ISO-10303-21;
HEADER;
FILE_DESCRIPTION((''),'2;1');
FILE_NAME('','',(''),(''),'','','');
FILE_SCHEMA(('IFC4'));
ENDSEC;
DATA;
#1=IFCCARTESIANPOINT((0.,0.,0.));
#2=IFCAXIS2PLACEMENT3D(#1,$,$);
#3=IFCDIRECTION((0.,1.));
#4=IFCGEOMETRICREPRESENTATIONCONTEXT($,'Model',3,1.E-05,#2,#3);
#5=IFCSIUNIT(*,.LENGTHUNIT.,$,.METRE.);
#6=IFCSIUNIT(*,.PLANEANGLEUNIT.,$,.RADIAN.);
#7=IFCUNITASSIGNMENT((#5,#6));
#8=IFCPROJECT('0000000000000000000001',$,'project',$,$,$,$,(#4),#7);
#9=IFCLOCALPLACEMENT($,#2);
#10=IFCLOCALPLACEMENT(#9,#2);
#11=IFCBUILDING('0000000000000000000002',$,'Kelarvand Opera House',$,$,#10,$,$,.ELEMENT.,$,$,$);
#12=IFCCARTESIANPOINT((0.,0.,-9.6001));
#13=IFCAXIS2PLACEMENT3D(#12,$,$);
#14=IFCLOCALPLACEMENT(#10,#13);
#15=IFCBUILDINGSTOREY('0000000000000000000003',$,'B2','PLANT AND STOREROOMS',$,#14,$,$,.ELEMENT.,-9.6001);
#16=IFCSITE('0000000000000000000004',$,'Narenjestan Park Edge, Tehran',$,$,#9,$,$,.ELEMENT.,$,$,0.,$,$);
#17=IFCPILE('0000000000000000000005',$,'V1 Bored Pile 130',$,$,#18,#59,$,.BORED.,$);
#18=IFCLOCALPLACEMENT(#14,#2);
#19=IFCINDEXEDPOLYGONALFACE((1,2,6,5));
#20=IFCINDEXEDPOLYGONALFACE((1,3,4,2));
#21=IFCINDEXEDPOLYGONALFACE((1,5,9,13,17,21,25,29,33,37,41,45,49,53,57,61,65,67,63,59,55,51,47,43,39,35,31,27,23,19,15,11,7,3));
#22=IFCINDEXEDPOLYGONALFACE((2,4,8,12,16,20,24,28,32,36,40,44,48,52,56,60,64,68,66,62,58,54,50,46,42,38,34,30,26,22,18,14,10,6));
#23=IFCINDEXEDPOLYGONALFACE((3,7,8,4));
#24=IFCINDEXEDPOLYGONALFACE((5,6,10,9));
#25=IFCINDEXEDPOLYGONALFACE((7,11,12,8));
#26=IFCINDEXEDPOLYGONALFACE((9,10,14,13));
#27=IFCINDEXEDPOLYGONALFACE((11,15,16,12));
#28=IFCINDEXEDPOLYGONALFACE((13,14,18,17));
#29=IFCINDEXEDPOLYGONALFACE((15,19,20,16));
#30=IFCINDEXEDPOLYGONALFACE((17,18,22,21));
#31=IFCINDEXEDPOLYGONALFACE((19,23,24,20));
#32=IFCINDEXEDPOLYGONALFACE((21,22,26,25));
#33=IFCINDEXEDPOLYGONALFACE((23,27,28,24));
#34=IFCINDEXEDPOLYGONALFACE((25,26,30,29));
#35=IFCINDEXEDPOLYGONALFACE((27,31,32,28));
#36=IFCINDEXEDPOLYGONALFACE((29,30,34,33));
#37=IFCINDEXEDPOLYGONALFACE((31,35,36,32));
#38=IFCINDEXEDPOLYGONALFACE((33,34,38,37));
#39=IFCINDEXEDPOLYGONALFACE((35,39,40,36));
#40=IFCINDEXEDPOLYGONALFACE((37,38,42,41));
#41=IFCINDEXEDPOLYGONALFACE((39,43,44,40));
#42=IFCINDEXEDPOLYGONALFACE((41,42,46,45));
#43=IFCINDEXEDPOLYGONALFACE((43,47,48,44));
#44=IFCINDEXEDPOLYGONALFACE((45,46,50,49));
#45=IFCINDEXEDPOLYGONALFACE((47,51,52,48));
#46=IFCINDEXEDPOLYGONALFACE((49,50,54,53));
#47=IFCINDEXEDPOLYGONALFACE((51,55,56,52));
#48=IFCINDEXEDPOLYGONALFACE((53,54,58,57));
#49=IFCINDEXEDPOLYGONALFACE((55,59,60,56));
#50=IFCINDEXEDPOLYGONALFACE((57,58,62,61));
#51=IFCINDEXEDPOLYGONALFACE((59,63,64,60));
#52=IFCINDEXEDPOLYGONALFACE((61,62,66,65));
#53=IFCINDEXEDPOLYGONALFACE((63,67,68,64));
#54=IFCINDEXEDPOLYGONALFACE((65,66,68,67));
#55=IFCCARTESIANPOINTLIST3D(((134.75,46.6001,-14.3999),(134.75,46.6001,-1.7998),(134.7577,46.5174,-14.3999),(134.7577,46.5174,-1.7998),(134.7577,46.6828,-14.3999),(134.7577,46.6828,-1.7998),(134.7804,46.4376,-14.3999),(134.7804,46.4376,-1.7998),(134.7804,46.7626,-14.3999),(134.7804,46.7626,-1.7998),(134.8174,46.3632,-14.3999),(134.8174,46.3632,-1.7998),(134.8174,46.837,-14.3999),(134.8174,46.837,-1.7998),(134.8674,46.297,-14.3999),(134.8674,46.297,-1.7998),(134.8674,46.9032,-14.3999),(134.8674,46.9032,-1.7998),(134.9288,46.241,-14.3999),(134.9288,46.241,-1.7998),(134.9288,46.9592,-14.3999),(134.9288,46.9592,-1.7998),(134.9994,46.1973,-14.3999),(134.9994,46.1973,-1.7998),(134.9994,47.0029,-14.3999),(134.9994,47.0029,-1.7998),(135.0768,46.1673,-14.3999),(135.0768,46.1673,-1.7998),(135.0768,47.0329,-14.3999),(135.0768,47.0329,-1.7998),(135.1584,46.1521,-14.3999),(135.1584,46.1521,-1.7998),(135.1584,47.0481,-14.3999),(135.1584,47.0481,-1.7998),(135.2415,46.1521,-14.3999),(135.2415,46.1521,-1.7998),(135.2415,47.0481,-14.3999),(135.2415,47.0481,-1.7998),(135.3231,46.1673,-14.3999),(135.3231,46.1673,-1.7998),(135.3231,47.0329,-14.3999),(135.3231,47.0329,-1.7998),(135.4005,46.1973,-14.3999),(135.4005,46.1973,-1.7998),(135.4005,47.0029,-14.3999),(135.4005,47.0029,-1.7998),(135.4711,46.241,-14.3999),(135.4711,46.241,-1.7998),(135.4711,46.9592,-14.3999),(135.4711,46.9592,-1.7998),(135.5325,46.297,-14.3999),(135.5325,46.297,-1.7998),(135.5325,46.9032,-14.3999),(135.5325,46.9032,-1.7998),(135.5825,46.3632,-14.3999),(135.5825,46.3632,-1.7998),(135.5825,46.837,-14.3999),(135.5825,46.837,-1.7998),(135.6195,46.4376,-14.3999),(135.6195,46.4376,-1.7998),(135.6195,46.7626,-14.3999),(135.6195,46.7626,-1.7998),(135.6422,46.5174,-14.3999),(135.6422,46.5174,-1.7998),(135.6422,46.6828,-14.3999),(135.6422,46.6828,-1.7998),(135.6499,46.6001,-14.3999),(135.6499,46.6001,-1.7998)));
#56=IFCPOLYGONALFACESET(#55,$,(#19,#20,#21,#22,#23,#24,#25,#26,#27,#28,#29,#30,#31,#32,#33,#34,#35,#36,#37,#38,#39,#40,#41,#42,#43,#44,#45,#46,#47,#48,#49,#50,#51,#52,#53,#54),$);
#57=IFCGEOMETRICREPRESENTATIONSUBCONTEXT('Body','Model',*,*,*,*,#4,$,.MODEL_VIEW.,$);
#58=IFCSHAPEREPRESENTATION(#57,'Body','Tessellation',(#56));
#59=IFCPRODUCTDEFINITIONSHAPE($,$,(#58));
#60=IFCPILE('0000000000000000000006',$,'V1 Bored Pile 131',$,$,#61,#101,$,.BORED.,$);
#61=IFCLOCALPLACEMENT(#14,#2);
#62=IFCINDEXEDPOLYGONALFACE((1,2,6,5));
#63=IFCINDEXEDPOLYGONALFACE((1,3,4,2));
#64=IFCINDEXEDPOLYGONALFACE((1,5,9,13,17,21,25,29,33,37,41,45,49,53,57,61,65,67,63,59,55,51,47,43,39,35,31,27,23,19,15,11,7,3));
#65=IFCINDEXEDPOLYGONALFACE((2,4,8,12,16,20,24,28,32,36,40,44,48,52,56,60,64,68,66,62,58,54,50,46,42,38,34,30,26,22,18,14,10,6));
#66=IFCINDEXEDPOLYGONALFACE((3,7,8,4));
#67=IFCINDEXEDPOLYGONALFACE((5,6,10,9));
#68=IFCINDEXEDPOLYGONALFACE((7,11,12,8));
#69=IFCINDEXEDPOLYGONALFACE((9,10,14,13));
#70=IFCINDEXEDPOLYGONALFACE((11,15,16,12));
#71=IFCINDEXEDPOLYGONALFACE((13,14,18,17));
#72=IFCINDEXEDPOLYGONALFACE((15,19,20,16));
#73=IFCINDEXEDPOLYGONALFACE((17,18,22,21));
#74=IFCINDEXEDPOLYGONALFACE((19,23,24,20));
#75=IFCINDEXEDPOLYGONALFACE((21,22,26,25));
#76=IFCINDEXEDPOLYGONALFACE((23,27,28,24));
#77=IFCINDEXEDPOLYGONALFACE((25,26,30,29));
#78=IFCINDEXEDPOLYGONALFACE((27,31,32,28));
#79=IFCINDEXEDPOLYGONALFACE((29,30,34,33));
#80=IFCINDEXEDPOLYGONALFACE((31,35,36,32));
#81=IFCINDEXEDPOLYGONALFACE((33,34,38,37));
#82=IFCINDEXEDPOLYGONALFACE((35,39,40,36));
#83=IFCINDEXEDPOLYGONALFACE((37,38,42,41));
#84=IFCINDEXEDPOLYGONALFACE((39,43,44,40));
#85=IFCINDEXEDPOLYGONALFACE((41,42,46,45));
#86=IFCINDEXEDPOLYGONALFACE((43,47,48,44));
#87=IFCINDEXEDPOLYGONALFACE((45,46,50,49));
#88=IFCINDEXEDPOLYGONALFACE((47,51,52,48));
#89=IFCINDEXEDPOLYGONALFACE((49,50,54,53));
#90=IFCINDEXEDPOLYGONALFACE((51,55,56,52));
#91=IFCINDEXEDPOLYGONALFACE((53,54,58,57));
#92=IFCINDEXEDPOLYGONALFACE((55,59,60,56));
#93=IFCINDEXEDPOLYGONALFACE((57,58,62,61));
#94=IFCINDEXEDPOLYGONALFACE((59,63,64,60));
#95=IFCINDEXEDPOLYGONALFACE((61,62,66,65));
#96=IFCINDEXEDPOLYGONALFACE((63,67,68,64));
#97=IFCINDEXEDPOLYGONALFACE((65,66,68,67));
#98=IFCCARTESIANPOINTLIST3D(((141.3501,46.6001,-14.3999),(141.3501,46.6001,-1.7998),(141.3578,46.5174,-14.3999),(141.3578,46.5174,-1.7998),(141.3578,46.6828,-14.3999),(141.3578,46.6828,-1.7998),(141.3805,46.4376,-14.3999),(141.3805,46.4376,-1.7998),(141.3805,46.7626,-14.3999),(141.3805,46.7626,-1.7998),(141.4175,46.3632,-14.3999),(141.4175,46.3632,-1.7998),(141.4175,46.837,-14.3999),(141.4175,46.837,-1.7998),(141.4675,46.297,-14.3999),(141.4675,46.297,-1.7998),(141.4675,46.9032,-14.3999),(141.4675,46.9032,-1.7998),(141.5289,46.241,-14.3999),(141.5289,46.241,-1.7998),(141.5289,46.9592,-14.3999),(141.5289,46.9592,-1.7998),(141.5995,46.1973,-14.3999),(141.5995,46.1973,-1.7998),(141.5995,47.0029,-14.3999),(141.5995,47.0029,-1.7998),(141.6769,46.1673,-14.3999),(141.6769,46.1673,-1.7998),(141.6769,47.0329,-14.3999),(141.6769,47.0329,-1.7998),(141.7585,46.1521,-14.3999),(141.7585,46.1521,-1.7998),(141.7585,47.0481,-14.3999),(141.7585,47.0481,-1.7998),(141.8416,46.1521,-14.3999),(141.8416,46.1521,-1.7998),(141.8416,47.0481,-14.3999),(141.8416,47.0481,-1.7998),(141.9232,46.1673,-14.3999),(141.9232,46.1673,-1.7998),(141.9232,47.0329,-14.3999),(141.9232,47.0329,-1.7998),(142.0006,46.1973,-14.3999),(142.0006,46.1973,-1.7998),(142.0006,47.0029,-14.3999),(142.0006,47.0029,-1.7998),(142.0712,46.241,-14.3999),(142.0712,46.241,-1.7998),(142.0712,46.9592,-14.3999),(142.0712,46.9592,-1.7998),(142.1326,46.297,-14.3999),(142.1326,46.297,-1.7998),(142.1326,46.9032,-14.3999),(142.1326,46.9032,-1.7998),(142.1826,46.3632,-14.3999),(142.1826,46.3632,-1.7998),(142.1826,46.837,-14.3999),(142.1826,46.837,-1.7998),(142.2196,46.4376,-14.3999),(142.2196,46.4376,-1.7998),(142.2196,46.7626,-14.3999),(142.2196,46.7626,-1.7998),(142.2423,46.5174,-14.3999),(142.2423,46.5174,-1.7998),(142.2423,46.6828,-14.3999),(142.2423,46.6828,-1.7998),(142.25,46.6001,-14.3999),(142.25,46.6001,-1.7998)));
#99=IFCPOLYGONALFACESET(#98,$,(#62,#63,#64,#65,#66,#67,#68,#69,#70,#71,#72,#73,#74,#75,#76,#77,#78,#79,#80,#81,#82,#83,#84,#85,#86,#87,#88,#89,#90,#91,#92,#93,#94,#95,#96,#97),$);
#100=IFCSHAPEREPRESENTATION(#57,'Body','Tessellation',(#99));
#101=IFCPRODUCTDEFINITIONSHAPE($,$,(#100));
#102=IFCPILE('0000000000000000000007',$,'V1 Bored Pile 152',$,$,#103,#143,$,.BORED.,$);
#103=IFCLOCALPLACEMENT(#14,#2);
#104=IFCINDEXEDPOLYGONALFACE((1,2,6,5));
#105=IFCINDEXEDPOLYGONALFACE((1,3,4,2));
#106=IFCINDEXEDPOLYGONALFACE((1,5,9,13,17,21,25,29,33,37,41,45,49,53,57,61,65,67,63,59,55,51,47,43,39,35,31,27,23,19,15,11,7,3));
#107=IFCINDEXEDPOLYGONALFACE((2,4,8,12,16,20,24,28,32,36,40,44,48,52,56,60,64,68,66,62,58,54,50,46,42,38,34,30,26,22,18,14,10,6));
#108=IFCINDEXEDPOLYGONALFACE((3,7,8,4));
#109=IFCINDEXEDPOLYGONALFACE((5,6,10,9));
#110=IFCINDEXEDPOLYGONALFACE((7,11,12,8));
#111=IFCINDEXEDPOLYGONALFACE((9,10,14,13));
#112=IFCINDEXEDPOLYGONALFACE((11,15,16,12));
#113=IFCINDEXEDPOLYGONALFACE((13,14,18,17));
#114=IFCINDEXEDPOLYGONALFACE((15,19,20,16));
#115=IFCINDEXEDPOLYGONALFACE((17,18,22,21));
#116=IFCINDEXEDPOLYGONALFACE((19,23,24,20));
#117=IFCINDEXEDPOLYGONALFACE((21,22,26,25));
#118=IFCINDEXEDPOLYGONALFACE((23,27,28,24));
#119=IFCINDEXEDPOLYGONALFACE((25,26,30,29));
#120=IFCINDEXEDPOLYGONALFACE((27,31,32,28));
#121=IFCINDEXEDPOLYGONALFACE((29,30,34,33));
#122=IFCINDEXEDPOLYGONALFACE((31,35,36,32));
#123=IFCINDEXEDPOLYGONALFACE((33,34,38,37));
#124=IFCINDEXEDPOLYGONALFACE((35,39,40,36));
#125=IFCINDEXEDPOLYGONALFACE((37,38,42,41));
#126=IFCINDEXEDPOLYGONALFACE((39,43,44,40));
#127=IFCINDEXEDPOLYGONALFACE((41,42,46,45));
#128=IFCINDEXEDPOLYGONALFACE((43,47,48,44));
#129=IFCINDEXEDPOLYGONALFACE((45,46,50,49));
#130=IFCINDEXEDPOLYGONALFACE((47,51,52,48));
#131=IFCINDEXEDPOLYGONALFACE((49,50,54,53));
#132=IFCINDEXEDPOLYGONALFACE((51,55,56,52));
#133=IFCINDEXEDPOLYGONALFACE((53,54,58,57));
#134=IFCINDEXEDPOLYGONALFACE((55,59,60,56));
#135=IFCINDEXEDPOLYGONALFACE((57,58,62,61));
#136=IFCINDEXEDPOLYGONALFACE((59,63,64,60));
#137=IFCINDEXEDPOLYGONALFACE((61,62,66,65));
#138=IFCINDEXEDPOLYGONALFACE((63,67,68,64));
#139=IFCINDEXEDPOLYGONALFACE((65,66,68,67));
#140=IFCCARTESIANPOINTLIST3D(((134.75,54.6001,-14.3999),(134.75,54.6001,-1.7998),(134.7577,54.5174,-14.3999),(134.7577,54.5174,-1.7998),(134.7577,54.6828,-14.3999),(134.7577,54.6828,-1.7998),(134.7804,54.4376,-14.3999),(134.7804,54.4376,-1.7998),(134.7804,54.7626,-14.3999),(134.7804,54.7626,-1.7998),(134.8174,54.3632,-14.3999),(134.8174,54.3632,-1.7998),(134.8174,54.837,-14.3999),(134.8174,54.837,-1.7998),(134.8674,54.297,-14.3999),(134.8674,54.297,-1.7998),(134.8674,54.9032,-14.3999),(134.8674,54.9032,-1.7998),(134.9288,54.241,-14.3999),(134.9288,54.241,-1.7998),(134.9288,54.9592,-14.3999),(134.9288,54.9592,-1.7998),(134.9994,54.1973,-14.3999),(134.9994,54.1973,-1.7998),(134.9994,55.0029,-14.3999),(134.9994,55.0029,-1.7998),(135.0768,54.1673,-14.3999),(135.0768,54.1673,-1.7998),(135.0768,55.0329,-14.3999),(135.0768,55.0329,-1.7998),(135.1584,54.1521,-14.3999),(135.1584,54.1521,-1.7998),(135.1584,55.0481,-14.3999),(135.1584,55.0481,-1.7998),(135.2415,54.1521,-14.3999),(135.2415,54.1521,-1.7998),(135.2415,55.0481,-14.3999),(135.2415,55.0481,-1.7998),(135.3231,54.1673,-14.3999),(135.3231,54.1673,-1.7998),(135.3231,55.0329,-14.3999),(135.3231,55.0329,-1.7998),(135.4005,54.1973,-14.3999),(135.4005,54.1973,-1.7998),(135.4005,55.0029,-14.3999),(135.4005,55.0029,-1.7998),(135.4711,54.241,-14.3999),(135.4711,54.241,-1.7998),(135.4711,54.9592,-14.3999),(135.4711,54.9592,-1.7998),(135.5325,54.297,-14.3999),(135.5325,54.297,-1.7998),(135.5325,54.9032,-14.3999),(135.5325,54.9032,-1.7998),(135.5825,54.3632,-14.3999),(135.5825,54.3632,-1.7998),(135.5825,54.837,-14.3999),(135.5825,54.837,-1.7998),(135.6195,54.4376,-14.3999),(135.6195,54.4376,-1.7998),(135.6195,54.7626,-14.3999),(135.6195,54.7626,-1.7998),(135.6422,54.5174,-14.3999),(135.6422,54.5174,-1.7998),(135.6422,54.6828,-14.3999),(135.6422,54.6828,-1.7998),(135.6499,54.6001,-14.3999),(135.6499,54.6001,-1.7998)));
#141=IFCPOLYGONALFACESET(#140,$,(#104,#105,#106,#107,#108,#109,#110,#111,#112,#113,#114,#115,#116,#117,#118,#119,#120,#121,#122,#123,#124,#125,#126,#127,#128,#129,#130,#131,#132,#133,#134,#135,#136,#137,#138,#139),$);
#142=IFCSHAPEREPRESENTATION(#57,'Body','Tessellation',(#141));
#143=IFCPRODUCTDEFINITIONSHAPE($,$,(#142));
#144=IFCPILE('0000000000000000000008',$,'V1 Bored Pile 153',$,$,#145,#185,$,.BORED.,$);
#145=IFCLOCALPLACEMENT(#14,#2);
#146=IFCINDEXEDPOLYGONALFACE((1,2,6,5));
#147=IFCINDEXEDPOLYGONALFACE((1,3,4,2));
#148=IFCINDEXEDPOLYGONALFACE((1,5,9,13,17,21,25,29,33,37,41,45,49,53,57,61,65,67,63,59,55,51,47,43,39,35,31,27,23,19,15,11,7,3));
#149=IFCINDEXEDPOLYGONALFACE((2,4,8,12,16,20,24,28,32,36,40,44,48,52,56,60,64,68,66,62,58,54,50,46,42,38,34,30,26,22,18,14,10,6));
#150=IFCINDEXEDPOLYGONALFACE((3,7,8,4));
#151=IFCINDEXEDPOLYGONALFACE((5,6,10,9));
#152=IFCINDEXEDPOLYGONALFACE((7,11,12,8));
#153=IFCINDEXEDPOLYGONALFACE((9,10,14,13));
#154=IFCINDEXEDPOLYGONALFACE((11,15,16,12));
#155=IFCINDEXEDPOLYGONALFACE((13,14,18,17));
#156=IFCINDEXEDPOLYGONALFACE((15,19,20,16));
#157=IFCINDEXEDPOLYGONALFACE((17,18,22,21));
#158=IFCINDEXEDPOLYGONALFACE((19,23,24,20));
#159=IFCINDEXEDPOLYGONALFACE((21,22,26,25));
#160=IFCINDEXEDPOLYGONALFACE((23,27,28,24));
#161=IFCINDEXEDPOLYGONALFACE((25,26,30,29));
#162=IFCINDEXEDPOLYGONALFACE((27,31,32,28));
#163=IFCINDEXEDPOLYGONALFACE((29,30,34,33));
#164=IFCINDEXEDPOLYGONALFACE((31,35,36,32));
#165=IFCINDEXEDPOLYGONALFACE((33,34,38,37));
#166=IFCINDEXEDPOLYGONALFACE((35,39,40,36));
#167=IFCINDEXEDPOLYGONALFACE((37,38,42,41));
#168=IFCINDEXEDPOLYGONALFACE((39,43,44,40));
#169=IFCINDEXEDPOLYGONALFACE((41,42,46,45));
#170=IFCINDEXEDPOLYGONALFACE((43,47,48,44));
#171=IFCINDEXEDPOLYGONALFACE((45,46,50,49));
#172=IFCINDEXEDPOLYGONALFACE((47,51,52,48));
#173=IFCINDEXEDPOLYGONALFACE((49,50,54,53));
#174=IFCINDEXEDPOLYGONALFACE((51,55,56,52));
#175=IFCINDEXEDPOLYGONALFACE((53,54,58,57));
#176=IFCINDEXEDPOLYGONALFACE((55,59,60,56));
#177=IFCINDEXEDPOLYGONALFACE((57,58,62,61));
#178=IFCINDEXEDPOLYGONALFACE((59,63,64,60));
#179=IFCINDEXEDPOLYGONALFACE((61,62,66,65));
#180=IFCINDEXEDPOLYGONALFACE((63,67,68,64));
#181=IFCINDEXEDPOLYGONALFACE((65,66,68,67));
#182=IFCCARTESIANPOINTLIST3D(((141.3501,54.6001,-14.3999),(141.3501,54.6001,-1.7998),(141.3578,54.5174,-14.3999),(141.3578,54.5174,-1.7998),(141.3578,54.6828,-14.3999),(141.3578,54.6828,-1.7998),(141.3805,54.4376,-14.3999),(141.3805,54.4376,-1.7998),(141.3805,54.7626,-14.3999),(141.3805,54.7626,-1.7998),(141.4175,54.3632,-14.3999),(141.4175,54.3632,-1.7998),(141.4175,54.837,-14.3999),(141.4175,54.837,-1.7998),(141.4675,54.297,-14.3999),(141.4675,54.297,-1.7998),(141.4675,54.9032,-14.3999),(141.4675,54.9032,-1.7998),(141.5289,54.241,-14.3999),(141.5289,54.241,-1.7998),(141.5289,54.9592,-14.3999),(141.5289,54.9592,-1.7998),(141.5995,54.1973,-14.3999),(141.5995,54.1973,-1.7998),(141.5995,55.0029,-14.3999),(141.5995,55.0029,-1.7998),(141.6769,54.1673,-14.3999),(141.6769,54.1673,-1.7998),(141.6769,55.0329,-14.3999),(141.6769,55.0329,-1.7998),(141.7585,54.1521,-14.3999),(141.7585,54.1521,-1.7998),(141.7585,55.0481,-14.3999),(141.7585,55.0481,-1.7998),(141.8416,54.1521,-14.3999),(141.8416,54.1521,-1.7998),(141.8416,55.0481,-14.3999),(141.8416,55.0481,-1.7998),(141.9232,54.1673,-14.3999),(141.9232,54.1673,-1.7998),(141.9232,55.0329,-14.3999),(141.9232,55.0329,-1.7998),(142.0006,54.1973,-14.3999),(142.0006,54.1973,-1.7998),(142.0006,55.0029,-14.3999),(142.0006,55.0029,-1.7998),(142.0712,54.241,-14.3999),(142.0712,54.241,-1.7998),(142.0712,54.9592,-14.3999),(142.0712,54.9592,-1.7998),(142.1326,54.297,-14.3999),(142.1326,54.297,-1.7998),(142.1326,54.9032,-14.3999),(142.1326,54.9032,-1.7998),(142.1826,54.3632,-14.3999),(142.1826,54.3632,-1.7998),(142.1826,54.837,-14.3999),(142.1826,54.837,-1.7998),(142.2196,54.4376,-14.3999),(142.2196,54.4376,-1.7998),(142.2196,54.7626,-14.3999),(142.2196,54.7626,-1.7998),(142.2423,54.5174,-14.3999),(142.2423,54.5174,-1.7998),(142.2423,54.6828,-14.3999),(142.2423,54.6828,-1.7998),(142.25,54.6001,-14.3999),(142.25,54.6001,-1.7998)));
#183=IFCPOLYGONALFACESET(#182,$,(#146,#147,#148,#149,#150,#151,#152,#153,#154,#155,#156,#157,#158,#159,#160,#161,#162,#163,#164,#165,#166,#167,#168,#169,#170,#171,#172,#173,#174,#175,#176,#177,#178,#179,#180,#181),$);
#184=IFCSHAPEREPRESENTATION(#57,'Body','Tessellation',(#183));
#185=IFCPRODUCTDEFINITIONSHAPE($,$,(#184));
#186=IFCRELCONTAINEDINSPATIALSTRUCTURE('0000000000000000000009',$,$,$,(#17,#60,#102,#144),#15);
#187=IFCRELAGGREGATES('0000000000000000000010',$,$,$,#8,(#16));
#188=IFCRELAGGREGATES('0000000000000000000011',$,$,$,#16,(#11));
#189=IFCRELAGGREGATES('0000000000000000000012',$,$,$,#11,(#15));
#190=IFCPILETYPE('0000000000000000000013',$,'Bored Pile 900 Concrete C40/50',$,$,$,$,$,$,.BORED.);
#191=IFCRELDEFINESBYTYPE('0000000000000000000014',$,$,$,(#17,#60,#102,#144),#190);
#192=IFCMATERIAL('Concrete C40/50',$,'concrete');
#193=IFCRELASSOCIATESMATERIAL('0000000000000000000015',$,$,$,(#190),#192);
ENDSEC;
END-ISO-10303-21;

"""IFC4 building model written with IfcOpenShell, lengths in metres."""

from ifc_helpers import new_model, si_unit, direction, frame, origin, origin_2d, place, context, subcontext, project, spatial, circle, extrude, material, material_profile, profile_set, type_object, element, save


model = new_model("IFC4")

# Units and contexts
model_context = context("Model", 3, precision=1e-05, world=origin(), true_north=direction((0.0, 1.0)))
body_context = subcontext(model_context, "Body", "Model", "MODEL_VIEW")
ifc_project = project(units=[si_unit("LENGTHUNIT", "METRE"), si_unit("PLANEANGLEUNIT", "RADIAN")], contexts=[model_context])

# Site, building, storey
site_placement = place(None, origin())
site = spatial("IfcSite", under=ifc_project, at=site_placement, Name="Narenjestan Park Edge, Tehran", CompositionType="ELEMENT", RefElevation=0.0)
building_placement = place(site_placement, origin())
building = spatial("IfcBuilding", under=site, at=building_placement, Name="Kelarvand Opera House", CompositionType="ELEMENT")
storey_placement = place(building_placement, frame((0.0, 0.0, -9.6001)))
storey = spatial("IfcBuildingStorey", under=building, at=storey_placement, Name="B2", Description="PLANT AND STOREROOMS", CompositionType="ELEMENT", Elevation=-9.6001)

# Piles
ifc_material_1 = material(Name="Concrete C40/50", Category="concrete")
ifc_material_profile_1 = material_profile(ifc_material_1, circle(Radius=0.45, at=origin_2d()), Name="BP 900", Category="concrete")
ifc_profile_set_1 = profile_set([ifc_material_profile_1], Name="Concrete C40/50")
pile_type = type_object("IfcPileType", Name="Bored Pile 900 Concrete C40/50", PredefinedType="BORED", material=ifc_profile_set_1)
for number, where, z_axis, x_axis, name in (
    (1, (135.2, 46.6001, -1.7998), (0.0, 0.0, -1.0), (1.0, 0.0, 0.0), "V1 Bored Pile 130"),
    (2, (141.8, 46.6001, -1.7998), (0.0, 0.0, -1.0), (1.0, 0.0, 0.0), "V1 Bored Pile 131"),
    (3, (135.2, 54.6001, -1.7998), (0.0, 0.0, -1.0), (1.0, 0.0, 0.0), "V1 Bored Pile 152"),
    (4, (141.8, 54.6001, -1.7998), (0.0, 0.0, -1.0), (1.0, 0.0, 0.0), "V1 Bored Pile 153"),
):
    element("IfcPile", number, at=place(storey_placement, frame(where, z_axis=z_axis, x_axis=x_axis)), inside=storey, type_object=pile_type, Name=name, PredefinedType="BORED", context=body_context, shape_type="SweptSolid", body=[
        extrude(circle(Radius=0.45, at=origin_2d()), origin(), (0.0, 0.0, 1.0), 12.6001),
    ])

save(model, "model.ifc")
